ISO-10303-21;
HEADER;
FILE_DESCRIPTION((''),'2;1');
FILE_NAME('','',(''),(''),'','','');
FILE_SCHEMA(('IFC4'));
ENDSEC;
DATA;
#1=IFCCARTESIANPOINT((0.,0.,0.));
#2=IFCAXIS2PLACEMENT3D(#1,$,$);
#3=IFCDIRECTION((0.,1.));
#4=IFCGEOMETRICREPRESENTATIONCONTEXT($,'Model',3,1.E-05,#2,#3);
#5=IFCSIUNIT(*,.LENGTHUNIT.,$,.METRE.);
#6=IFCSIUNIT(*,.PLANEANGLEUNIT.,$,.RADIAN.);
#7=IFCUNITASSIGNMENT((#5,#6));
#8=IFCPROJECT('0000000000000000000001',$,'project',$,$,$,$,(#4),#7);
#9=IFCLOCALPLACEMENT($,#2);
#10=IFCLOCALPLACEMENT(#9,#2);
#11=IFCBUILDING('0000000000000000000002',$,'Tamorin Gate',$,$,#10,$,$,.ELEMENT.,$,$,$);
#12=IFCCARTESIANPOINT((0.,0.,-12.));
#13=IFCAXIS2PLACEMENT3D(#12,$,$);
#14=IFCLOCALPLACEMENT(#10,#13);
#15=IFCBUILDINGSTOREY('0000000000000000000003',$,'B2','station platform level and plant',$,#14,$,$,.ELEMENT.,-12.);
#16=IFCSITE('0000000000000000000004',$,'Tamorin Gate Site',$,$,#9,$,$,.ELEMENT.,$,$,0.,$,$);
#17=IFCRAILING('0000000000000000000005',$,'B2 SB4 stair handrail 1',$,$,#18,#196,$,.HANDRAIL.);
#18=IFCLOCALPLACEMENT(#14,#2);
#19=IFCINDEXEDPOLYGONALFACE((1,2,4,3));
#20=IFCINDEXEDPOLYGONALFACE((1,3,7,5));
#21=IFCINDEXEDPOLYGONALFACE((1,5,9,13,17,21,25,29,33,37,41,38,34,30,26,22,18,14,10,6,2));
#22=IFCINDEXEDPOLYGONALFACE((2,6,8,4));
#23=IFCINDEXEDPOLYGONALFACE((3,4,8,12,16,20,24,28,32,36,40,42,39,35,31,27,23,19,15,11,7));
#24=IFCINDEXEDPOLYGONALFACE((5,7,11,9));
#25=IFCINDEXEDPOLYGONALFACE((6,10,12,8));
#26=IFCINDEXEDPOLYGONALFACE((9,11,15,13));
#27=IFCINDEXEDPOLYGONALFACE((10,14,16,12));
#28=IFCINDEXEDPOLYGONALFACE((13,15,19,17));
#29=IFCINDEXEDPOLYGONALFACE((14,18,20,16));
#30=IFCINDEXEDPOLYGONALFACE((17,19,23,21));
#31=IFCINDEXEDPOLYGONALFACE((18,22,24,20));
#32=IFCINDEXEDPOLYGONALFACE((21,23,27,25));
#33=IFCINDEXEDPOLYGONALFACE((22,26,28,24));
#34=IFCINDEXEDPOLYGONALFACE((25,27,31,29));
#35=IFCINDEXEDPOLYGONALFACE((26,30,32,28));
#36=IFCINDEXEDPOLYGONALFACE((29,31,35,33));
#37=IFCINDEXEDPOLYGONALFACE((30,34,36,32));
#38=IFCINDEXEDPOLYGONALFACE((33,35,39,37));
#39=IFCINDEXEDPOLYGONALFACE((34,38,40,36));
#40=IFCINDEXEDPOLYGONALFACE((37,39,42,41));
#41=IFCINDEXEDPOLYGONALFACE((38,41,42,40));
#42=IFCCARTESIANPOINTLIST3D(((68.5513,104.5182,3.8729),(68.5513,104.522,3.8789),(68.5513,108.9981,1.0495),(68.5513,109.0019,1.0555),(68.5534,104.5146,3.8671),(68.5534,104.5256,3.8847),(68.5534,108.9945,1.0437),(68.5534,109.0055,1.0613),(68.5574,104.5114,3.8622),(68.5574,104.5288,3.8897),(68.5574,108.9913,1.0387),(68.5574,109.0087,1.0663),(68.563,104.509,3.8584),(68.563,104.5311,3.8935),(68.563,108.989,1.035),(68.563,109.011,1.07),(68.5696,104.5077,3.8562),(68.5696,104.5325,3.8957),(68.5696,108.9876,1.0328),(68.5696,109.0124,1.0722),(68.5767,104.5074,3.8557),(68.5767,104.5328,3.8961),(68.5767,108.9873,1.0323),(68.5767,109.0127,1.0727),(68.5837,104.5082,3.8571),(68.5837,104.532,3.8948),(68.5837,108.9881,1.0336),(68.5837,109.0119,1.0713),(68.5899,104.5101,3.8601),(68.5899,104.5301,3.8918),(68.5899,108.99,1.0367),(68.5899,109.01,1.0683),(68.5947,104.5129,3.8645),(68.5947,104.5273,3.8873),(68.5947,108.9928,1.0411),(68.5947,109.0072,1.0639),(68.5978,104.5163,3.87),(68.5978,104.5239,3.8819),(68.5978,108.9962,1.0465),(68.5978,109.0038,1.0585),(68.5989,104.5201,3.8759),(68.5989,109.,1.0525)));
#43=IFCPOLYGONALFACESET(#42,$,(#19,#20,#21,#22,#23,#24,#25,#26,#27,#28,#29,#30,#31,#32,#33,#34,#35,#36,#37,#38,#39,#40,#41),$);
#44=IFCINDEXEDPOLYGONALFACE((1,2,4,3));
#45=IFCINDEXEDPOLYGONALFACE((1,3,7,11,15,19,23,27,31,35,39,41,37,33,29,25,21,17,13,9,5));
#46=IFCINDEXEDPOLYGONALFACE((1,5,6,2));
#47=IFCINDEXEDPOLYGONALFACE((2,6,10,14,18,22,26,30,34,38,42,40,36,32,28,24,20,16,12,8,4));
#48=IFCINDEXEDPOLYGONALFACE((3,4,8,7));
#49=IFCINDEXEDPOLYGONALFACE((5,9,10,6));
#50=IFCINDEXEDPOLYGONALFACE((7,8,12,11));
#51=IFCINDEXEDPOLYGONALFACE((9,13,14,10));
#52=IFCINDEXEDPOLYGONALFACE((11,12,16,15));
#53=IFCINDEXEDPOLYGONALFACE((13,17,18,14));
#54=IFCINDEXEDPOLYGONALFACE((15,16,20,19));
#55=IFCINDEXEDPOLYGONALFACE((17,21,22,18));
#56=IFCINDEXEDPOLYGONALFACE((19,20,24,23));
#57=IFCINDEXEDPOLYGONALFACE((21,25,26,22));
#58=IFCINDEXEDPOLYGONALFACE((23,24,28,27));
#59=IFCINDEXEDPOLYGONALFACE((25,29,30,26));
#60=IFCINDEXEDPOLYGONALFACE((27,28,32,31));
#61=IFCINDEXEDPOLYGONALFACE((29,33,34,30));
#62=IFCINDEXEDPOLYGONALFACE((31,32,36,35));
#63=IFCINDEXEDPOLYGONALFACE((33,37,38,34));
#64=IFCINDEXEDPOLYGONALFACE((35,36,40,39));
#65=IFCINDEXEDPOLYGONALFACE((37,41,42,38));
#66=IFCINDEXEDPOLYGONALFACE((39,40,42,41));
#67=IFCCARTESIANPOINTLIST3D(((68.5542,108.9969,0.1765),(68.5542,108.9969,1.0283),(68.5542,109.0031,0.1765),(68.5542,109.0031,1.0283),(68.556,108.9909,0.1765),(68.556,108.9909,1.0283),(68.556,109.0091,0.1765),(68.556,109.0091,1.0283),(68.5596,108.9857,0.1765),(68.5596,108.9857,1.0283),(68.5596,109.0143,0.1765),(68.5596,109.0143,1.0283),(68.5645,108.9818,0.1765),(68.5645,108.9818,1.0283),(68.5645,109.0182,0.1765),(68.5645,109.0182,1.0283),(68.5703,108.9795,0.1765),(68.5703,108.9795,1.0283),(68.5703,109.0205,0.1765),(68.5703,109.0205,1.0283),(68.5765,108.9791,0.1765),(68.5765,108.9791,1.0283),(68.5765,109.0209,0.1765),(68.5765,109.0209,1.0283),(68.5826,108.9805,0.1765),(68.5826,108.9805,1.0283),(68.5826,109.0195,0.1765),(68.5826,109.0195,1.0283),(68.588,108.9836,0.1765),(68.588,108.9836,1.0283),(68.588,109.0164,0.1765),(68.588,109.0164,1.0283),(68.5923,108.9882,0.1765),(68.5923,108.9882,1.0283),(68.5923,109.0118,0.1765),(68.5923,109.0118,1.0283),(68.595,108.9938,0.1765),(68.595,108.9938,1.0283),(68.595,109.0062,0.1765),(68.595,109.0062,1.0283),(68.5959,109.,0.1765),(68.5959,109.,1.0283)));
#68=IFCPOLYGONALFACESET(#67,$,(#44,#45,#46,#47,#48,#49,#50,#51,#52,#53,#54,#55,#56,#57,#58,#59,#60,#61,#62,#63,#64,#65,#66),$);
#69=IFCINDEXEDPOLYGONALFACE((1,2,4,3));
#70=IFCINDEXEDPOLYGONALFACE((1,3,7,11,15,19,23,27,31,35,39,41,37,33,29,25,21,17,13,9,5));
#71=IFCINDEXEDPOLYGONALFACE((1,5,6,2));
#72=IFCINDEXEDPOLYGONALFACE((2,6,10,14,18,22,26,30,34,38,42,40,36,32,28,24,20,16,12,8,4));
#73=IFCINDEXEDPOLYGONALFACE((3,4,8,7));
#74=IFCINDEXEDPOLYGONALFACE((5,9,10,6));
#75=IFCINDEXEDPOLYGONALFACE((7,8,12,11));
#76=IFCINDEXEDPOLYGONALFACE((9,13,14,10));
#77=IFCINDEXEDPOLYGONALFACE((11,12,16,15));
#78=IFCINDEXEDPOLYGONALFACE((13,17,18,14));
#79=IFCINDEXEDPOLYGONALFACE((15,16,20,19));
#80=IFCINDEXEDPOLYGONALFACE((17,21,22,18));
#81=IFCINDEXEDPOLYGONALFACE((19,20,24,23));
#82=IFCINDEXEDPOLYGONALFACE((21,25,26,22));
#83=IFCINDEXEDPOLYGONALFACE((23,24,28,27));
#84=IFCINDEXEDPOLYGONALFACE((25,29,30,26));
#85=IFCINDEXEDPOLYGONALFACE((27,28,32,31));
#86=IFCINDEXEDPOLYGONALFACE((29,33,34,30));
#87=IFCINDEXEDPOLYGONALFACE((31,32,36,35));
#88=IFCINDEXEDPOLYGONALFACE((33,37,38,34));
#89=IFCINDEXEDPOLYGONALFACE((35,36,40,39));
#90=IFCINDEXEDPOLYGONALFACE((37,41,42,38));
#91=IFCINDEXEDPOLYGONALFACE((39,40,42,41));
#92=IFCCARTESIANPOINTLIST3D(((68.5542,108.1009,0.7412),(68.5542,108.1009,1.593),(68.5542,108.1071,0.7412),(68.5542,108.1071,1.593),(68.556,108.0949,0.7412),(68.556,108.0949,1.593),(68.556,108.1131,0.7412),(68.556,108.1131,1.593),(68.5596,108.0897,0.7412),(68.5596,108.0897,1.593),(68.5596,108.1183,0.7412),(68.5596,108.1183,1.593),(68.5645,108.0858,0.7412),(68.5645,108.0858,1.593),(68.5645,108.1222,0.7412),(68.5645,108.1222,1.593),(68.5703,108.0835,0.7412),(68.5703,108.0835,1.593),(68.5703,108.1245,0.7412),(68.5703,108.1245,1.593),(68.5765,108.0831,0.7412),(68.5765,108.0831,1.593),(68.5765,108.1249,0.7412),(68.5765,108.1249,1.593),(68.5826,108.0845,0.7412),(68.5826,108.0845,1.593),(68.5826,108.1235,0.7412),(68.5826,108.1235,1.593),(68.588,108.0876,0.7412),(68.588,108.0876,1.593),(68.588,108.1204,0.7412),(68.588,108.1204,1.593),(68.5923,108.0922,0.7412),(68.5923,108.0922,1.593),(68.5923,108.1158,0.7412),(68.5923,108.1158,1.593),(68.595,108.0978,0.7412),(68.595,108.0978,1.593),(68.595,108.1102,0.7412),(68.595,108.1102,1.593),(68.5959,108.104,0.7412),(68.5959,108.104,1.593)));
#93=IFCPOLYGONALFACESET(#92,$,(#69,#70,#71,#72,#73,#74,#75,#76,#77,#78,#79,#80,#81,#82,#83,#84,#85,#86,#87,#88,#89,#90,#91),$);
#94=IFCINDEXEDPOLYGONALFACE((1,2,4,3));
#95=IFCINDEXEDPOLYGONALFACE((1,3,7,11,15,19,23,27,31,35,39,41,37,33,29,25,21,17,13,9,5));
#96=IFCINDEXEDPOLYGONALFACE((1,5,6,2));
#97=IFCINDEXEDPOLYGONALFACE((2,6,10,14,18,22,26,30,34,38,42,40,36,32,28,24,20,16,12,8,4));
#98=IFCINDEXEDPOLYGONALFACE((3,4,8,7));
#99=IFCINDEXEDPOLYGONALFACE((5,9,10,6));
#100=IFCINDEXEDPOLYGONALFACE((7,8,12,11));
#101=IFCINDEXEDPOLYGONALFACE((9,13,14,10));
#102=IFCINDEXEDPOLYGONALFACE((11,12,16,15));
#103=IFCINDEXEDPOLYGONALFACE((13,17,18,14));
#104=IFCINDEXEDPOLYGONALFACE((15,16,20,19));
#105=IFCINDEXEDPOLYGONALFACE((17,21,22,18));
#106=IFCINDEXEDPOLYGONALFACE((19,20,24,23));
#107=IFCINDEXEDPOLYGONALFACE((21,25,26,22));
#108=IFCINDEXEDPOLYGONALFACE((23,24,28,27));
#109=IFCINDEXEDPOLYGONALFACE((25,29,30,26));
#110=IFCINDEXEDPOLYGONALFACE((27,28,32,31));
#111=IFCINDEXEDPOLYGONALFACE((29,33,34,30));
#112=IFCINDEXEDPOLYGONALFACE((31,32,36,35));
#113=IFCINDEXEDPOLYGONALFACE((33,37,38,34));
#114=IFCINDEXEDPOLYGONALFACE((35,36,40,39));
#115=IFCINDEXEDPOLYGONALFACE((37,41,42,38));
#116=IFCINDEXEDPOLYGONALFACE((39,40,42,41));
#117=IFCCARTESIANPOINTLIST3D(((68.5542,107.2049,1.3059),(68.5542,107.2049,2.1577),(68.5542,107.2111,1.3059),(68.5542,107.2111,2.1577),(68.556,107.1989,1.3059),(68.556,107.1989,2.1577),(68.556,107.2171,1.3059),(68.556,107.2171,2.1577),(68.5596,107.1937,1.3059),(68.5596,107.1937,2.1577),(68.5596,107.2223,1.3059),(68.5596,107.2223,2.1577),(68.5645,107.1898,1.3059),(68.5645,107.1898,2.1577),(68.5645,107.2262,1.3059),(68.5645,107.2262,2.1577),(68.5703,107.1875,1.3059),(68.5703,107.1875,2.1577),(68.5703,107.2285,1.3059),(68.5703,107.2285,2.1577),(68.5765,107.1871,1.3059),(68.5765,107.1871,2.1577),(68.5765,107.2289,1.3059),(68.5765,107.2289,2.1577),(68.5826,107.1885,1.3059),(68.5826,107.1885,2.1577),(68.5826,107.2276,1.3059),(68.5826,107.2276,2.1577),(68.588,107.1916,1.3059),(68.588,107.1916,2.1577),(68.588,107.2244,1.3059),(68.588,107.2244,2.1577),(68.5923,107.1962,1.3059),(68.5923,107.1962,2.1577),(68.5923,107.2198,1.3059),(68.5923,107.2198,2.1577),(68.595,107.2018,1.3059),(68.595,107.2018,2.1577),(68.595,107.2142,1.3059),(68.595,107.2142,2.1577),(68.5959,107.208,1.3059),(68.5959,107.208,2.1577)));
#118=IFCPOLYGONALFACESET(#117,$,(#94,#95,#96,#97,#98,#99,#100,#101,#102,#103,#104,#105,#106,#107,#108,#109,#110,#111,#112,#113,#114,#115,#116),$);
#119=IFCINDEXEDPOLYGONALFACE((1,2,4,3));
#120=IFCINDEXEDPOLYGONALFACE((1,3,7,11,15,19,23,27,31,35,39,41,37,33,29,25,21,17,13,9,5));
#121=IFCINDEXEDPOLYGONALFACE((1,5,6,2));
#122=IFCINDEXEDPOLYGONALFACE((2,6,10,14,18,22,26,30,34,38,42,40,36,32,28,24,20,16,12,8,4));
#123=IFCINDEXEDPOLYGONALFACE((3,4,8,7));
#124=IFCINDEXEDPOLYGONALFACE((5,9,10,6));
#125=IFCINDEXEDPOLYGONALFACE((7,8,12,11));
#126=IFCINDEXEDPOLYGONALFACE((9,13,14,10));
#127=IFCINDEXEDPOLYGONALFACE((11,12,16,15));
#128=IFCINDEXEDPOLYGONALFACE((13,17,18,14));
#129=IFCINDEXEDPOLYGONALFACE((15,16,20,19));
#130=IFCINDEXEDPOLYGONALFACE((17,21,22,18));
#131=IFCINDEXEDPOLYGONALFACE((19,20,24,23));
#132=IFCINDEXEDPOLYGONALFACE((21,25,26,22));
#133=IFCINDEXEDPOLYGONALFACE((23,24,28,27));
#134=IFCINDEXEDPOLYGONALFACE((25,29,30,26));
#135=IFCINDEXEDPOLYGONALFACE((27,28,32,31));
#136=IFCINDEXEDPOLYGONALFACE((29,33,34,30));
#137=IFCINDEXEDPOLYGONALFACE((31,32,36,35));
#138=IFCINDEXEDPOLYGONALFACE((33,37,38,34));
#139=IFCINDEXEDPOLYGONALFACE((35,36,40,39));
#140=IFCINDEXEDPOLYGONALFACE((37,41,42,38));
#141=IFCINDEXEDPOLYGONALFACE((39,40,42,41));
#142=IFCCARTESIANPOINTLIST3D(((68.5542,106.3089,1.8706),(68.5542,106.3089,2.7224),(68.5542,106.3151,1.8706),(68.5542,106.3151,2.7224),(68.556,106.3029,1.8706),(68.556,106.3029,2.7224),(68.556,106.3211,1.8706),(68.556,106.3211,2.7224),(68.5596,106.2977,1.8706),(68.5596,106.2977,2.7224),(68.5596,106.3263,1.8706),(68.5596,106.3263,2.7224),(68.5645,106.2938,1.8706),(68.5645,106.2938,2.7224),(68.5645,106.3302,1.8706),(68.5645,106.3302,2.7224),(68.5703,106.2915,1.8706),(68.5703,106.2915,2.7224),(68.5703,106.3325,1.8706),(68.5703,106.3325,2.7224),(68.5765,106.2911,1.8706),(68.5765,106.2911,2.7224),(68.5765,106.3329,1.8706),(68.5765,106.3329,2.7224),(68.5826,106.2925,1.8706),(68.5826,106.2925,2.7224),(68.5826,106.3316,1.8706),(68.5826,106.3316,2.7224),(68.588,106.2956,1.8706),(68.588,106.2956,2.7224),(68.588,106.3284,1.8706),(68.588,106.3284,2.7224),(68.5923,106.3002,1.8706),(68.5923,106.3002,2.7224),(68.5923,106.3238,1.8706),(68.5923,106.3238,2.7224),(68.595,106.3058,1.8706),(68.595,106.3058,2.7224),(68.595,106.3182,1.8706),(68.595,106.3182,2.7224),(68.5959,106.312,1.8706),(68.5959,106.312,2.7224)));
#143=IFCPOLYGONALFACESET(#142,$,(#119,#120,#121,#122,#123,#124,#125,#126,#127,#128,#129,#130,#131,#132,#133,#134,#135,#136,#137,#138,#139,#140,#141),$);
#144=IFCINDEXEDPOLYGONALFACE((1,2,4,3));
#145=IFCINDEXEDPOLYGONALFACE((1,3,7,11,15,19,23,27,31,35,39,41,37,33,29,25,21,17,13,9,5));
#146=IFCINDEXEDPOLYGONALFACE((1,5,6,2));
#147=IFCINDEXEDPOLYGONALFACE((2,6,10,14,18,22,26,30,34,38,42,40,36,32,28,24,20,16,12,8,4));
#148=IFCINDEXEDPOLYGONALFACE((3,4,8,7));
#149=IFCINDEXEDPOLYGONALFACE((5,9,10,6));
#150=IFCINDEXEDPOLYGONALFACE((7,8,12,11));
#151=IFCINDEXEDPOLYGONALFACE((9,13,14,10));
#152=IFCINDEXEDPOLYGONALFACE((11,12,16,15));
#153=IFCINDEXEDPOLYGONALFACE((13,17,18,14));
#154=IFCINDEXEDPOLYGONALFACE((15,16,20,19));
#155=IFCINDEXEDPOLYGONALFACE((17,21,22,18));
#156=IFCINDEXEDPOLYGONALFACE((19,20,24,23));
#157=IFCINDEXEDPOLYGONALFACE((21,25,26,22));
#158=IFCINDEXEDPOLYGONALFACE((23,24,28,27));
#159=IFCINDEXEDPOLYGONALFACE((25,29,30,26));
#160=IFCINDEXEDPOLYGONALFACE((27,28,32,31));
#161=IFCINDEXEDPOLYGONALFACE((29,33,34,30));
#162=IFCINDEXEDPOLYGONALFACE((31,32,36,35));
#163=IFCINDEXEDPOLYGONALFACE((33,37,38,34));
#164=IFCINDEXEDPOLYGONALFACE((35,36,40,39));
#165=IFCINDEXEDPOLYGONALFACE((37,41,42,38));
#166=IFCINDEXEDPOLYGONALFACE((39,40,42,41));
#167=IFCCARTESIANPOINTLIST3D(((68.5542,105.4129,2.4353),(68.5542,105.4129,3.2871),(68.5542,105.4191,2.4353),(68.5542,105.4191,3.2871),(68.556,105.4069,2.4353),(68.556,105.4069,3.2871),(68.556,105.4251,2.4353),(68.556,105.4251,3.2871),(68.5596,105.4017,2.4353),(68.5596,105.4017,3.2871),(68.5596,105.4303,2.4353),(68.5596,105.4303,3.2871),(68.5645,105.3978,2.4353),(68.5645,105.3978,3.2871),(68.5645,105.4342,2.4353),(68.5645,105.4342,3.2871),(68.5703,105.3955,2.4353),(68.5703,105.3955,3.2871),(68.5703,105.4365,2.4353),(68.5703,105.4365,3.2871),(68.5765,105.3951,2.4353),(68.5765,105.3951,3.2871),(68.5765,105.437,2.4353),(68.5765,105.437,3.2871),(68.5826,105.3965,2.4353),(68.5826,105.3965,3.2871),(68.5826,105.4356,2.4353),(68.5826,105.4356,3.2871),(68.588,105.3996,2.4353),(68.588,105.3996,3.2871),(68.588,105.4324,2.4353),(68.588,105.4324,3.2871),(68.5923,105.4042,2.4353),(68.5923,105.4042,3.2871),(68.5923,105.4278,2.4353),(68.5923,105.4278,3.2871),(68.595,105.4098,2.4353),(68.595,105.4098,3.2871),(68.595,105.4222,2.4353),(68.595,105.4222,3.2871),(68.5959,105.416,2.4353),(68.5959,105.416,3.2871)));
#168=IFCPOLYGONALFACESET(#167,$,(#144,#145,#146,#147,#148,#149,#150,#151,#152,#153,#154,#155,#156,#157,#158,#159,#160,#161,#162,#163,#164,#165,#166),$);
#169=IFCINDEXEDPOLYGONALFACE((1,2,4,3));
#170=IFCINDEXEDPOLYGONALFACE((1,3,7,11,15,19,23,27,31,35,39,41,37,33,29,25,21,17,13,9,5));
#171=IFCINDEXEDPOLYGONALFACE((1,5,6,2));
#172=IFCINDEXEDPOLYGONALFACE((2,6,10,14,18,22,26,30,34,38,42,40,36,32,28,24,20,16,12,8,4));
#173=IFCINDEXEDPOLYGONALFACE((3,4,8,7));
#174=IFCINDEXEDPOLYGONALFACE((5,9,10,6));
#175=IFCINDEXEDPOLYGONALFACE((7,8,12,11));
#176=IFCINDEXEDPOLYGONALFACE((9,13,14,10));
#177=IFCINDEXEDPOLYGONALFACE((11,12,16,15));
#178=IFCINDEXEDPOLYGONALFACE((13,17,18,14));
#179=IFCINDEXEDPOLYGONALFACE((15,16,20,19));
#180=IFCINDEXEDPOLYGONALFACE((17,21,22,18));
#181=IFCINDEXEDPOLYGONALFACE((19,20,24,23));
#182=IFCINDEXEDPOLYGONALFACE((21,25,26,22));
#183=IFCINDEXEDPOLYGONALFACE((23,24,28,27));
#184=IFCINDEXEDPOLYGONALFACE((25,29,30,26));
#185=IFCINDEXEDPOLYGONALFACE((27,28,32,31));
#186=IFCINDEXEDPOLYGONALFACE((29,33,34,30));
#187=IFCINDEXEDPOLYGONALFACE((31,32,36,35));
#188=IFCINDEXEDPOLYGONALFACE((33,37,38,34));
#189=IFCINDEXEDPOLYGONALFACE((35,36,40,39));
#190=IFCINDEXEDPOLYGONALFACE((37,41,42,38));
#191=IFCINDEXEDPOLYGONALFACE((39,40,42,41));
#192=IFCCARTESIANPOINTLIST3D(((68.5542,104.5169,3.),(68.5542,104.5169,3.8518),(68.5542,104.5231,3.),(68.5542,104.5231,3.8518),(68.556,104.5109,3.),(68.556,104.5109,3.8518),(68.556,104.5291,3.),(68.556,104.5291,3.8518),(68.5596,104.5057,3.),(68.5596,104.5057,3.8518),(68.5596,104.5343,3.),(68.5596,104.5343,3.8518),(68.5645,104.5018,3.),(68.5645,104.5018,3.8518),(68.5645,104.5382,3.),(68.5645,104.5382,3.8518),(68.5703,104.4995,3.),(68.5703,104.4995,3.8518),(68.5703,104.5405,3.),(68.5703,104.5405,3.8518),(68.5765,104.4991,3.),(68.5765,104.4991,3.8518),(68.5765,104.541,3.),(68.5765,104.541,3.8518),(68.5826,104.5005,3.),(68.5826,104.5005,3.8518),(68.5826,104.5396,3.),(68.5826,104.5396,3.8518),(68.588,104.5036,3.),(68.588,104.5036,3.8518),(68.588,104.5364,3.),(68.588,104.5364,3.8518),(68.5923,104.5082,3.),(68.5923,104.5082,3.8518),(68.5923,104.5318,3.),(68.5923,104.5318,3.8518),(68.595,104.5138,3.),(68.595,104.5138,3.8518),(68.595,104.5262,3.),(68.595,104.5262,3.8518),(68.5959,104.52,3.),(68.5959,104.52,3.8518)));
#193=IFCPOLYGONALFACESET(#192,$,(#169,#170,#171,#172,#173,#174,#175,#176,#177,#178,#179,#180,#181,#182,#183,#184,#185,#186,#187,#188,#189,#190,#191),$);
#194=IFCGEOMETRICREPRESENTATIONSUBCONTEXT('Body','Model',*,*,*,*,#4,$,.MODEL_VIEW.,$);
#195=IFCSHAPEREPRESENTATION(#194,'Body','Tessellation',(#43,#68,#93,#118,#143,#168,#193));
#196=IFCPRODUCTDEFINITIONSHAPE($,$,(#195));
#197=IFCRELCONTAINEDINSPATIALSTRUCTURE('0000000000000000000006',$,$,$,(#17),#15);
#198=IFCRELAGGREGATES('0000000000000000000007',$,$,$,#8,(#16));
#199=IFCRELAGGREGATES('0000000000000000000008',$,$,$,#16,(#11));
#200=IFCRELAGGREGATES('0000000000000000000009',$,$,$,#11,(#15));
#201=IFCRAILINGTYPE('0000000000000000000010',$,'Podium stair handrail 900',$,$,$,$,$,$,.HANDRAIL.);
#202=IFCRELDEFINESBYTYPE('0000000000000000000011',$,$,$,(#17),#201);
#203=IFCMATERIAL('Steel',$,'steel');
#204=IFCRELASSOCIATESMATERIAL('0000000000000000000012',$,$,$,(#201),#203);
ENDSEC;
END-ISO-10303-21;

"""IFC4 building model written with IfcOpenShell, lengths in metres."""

from ifc_helpers import new_model, si_unit, direction, frame, origin, origin_2d, place, context, subcontext, project, spatial, circle, extrude, material, type_object, element, save


model = new_model("IFC4")

# Units and contexts
model_context = context("Model", 3, precision=1e-05, world=origin(), true_north=direction((0.0, 1.0)))
body_context = subcontext(model_context, "Body", "Model", "MODEL_VIEW")
ifc_project = project(units=[si_unit("LENGTHUNIT", "METRE"), si_unit("PLANEANGLEUNIT", "RADIAN")], contexts=[model_context])

# Site, building, storey
site_placement = place(None, origin())
site = spatial("IfcSite", under=ifc_project, at=site_placement, Name="Tamorin Gate Site", CompositionType="ELEMENT", RefElevation=0.0)
building_placement = place(site_placement, origin())
building = spatial("IfcBuilding", under=site, at=building_placement, Name="Tamorin Gate", CompositionType="ELEMENT")
storey_placement = place(building_placement, frame((0.0, 0.0, -12.0)))
storey = spatial("IfcBuildingStorey", under=building, at=storey_placement, Name="B2", Description="station platform level and plant", CompositionType="ELEMENT", Elevation=-12.0)

# Railing
ifc_material_1 = material(Name="Steel", Category="steel")
railing_type_1 = type_object("IfcRailingType", Name="Podium stair handrail 900", PredefinedType="HANDRAIL", material=ifc_material_1)
railing_1_placement = place(storey_placement, frame((68.575, 109.0, 0.1765)))
element("IfcRailing", 1, at=railing_1_placement, inside=storey, type_object=railing_type_1, Name="B2 SB4 stair handrail 1", PredefinedType="HANDRAIL", context=body_context, shape_type="SweptSolid", body=[
    extrude(circle(Radius=0.0239, at=origin_2d()), frame((0.0, 0.0, 0.876), z_axis=(0.0, -0.845998, 0.533186), x_axis=(1.0, 0.0, 0.0)), (0.0, 0.0, 1.0), 5.2954),
    extrude(circle(Radius=0.021, at=origin_2d()), origin(), (0.0, 0.0, 1.0), 0.8518),
    extrude(circle(Radius=0.021, at=origin_2d()), frame((0.0, -0.896, 0.5647)), (0.0, 0.0, 1.0), 0.8518),
    extrude(circle(Radius=0.021, at=origin_2d()), frame((0.0, -1.792, 1.1294)), (0.0, 0.0, 1.0), 0.8518),
    extrude(circle(Radius=0.021, at=origin_2d()), frame((0.0, -2.688, 1.6941)), (0.0, 0.0, 1.0), 0.8518),
    extrude(circle(Radius=0.021, at=origin_2d()), frame((0.0, -3.584, 2.2588)), (0.0, 0.0, 1.0), 0.8518),
    extrude(circle(Radius=0.021, at=origin_2d()), frame((0.0, -4.48, 2.8235)), (0.0, 0.0, 1.0), 0.8518),
])

save(model, "model.ifc")
